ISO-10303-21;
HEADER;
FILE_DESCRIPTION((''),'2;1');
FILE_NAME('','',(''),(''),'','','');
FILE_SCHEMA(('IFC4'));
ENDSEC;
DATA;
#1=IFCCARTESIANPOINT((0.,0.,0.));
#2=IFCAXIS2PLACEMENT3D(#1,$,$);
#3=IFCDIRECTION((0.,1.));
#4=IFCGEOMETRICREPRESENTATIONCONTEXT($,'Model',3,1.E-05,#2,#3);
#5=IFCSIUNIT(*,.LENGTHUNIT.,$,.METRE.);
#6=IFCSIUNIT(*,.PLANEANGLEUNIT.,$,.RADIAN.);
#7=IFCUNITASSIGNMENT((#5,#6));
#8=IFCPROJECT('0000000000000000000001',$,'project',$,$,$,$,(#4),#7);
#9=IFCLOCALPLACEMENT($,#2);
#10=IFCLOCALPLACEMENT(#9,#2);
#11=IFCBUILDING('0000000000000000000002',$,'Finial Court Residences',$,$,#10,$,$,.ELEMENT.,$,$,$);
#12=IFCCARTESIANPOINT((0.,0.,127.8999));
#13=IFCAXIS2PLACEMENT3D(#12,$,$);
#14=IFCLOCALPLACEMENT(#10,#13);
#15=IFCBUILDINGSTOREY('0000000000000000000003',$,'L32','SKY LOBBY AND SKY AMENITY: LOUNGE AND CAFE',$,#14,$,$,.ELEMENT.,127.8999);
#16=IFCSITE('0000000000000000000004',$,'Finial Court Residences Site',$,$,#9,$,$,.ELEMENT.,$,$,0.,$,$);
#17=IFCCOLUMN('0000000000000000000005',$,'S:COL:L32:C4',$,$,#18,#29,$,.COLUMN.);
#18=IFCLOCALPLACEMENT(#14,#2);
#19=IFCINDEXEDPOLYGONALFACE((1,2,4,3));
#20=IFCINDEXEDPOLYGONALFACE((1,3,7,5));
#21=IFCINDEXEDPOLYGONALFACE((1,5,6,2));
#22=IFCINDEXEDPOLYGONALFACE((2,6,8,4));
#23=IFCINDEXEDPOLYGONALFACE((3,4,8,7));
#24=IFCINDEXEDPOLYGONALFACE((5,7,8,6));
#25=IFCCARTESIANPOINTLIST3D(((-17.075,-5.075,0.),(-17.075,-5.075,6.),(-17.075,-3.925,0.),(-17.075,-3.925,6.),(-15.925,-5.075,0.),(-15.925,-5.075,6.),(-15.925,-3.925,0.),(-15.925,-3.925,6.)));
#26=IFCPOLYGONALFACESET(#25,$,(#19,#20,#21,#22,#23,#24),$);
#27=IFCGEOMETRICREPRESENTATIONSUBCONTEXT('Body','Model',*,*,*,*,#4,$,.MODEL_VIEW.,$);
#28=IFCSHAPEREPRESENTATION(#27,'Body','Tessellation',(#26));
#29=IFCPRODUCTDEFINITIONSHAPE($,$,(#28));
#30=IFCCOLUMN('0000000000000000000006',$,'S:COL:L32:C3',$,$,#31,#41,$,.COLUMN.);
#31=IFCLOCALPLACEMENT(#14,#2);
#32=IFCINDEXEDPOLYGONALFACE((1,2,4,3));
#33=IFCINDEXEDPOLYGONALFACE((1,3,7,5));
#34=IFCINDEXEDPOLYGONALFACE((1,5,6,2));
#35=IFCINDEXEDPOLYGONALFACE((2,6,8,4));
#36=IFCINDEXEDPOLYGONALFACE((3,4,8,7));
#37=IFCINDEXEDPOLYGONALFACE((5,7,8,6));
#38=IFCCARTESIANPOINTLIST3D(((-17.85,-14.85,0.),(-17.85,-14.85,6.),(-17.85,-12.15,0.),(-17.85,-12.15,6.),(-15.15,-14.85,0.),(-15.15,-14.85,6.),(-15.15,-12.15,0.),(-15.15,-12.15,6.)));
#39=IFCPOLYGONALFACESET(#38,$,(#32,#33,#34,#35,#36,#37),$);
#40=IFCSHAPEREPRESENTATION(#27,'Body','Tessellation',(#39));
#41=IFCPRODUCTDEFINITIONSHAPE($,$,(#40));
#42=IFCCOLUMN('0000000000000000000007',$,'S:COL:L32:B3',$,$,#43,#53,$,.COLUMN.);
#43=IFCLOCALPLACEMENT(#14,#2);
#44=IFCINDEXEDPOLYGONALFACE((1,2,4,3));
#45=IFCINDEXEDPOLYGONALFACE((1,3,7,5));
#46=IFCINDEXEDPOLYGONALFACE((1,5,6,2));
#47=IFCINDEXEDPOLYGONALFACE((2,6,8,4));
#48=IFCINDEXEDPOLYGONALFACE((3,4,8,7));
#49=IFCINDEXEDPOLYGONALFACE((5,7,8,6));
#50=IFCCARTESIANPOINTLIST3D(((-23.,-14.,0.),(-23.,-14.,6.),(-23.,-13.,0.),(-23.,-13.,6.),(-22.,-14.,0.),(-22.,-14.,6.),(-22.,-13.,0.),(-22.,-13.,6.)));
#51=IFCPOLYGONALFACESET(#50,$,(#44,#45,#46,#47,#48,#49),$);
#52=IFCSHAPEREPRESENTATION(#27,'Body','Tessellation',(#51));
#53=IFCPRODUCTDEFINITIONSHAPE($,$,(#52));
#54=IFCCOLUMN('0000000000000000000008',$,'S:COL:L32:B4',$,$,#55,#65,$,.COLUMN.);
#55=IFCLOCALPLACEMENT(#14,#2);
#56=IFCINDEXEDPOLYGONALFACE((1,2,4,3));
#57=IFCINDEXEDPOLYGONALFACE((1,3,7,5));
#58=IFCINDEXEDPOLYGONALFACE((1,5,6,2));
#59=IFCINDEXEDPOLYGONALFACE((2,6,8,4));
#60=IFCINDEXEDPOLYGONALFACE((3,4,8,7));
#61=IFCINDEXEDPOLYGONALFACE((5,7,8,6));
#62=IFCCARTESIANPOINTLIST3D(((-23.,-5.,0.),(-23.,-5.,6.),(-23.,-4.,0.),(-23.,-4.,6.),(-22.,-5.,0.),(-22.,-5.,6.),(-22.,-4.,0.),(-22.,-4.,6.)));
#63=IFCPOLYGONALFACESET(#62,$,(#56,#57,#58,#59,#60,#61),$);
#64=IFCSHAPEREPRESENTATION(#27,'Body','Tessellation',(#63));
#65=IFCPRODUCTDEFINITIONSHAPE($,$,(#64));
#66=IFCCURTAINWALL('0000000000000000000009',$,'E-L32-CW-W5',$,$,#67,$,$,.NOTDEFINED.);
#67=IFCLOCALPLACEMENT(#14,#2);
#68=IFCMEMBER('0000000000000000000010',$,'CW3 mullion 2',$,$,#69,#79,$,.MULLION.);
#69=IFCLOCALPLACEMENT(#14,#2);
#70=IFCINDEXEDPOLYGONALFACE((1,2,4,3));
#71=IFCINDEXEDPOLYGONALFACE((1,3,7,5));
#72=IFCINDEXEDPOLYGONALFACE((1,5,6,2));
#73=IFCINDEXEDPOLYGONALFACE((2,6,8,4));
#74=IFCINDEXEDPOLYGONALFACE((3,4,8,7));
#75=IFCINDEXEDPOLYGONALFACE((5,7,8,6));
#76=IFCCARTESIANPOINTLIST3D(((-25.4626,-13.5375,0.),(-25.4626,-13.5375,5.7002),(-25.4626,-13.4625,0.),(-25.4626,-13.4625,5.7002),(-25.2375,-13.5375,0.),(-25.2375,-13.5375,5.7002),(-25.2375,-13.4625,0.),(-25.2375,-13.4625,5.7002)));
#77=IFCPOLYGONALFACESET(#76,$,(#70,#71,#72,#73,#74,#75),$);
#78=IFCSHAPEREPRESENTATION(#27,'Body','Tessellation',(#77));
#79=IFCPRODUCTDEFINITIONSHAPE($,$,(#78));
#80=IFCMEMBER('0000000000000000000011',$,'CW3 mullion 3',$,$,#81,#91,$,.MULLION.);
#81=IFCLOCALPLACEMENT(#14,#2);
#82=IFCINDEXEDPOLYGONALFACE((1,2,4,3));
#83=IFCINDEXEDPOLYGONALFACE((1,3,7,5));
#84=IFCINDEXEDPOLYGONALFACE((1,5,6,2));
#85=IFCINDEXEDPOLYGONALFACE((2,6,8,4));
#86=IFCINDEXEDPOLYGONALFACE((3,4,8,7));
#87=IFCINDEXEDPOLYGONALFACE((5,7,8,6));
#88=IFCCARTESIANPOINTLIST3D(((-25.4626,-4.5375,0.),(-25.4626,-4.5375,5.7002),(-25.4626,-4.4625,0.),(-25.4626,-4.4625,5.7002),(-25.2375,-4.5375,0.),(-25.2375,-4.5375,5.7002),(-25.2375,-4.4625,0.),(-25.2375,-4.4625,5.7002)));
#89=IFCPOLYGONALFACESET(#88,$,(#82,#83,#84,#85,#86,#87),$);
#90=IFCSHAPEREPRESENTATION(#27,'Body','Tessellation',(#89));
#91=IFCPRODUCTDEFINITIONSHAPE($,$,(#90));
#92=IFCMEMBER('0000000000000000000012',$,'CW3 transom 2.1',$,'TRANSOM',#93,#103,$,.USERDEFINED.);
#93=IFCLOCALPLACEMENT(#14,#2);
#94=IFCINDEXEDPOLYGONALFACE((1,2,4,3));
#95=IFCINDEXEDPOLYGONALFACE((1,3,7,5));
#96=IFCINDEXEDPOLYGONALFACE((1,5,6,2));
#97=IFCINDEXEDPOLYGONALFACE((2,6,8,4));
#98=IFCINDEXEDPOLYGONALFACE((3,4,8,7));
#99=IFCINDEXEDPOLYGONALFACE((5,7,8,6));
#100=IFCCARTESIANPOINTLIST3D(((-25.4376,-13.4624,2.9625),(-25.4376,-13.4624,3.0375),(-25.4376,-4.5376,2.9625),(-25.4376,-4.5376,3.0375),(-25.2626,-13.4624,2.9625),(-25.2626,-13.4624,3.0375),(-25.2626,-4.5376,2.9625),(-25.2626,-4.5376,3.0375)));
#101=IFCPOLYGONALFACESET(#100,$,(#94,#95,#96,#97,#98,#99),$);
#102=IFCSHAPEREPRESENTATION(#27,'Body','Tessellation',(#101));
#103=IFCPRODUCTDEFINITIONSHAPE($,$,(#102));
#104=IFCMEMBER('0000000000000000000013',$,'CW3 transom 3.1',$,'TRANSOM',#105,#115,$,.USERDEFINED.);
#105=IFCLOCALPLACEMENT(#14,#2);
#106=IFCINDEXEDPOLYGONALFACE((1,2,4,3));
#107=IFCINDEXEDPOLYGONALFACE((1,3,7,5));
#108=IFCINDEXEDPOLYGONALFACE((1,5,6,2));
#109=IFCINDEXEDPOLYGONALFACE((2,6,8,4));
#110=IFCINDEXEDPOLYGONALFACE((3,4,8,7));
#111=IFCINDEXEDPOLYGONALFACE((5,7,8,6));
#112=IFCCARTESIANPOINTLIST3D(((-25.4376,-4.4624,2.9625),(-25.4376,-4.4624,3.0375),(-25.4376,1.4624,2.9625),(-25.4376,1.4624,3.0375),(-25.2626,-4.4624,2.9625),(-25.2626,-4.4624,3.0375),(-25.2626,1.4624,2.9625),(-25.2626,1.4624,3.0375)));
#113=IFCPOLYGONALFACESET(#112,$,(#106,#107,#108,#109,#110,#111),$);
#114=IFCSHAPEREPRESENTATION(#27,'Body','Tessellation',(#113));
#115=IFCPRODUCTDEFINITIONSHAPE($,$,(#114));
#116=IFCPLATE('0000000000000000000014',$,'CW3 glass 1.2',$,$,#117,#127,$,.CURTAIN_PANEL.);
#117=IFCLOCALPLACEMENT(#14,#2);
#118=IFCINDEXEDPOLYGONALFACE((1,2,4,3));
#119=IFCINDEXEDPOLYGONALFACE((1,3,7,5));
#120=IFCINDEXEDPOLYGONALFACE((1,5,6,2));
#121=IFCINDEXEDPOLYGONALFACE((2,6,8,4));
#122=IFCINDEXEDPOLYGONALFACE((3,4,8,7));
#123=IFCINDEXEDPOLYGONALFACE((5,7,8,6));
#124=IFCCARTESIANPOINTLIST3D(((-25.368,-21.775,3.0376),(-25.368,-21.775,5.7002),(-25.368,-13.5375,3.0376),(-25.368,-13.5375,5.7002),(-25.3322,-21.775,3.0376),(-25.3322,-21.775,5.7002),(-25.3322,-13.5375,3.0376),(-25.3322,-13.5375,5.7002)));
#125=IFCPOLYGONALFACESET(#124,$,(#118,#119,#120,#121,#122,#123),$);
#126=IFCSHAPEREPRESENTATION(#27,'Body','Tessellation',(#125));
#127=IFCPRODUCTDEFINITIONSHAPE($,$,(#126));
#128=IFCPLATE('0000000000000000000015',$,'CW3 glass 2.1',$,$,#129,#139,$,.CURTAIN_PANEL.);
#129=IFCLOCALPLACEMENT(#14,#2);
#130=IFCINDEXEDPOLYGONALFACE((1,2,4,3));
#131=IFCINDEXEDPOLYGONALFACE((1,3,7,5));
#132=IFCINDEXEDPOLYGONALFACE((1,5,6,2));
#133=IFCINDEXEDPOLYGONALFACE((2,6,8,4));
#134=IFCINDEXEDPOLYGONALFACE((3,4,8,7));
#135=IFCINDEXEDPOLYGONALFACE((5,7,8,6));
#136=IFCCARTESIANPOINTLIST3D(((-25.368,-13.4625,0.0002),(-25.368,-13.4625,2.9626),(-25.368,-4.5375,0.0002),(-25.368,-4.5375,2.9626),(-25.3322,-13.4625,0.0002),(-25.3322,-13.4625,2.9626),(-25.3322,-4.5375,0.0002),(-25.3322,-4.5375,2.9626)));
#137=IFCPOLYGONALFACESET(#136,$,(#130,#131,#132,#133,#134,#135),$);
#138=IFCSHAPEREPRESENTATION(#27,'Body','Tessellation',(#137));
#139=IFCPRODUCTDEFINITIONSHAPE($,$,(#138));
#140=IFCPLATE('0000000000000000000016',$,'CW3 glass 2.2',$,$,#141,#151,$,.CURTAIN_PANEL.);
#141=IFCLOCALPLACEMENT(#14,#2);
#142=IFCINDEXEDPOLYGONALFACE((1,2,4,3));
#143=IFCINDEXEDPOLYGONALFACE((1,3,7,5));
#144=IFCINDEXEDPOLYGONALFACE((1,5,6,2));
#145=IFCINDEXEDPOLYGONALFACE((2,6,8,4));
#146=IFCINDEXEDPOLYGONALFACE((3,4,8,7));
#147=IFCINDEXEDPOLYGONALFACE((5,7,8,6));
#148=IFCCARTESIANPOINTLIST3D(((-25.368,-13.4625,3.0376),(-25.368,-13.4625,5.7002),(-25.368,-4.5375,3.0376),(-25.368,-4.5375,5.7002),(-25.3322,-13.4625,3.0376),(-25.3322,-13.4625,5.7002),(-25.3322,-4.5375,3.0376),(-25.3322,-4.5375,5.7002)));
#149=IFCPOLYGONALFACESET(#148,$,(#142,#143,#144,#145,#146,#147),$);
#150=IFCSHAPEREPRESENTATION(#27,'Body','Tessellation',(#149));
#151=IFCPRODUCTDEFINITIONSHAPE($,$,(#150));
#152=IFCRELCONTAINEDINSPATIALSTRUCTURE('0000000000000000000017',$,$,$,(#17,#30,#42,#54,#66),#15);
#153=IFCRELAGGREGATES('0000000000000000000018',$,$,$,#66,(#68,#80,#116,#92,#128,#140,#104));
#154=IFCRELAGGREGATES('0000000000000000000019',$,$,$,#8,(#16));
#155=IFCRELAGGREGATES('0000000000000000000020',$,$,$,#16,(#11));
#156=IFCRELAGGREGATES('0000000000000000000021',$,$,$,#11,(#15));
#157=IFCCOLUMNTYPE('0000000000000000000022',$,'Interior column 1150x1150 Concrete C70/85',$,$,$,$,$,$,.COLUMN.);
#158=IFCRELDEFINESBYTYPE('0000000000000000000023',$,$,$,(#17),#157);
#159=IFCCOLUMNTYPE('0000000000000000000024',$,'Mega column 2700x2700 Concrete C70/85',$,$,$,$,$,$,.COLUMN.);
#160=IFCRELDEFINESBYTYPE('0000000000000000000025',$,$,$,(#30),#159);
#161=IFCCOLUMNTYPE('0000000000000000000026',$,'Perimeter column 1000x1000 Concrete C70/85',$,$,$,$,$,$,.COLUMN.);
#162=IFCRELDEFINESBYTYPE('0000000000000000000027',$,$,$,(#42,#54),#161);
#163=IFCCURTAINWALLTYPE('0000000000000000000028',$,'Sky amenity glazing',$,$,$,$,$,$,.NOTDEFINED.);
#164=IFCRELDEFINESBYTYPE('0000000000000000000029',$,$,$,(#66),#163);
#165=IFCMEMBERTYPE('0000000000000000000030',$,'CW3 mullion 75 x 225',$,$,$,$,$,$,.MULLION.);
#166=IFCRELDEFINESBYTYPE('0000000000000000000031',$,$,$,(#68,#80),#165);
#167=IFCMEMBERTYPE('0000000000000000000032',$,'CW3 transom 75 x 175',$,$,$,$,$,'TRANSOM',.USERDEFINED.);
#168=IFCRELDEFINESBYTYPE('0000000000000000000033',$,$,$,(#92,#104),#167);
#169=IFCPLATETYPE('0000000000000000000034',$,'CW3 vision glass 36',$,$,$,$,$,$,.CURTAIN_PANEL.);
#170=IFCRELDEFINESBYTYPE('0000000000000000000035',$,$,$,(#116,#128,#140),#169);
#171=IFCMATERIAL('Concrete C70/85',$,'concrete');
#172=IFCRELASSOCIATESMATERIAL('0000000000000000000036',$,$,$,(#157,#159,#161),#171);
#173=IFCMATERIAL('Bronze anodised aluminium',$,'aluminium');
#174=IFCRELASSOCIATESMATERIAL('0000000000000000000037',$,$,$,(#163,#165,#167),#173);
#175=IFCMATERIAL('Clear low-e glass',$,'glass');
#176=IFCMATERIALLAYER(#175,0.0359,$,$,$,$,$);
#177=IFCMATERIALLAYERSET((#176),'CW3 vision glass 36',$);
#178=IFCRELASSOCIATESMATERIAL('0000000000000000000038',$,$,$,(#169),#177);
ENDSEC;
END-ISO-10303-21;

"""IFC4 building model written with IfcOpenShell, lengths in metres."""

from ifc_helpers import new_model, si_unit, direction, frame, origin, origin_2d, place, context, subcontext, project, spatial, rectangle, extrude, material, layer, layer_set, material_profile, profile_set, type_object, element, aggregate, save


model = new_model("IFC4")

# Units and contexts
model_context = context("Model", 3, precision=1e-05, world=origin(), true_north=direction((0.0, 1.0)))
body_context = subcontext(model_context, "Body", "Model", "MODEL_VIEW")
ifc_project = project(units=[si_unit("LENGTHUNIT", "METRE"), si_unit("PLANEANGLEUNIT", "RADIAN")], contexts=[model_context])

# Site, building, storey
site_placement = place(None, origin())
site = spatial("IfcSite", under=ifc_project, at=site_placement, Name="Finial Court Residences Site", CompositionType="ELEMENT", RefElevation=0.0)
building_placement = place(site_placement, origin())
building = spatial("IfcBuilding", under=site, at=building_placement, Name="Finial Court Residences", CompositionType="ELEMENT")
storey_placement = place(building_placement, frame((0.0, 0.0, 127.8999)))
storey = spatial("IfcBuildingStorey", under=building, at=storey_placement, Name="L32", Description="SKY LOBBY AND SKY AMENITY: LOUNGE AND CAFE", CompositionType="ELEMENT", Elevation=127.8999)

# Columns
ifc_material_1 = material(Name="Concrete C70/85", Category="concrete")
ifc_material_profile_1 = material_profile(ifc_material_1, rectangle(XDim=1.1499, YDim=1.1499, at=origin_2d()), Name="1150x1150")
ifc_profile_set_1 = profile_set([ifc_material_profile_1], Name="Concrete C70/85")
column_type_1 = type_object("IfcColumnType", Name="Interior column 1150x1150 Concrete C70/85", PredefinedType="COLUMN", material=ifc_profile_set_1)
column_1_placement = place(storey_placement, frame((-16.5, -4.5, 0.0), z_axis=(0.0, 0.0, 1.0), x_axis=(1.0, 0.0, 0.0)))
element("IfcColumn", 1, at=column_1_placement, inside=storey, type_object=column_type_1, Name="S:COL:L32:C4", PredefinedType="COLUMN", context=body_context, shape_type="SweptSolid", body=[
    extrude(rectangle(XDim=1.1499, YDim=1.1499, at=origin_2d()), origin(), (0.0, 0.0, 1.0), 6.0),
])
ifc_material_profile_2 = material_profile(ifc_material_1, rectangle(XDim=2.7, YDim=2.7, at=origin_2d()), Name="2700x2700")
ifc_profile_set_2 = profile_set([ifc_material_profile_2], Name="Concrete C70/85")
column_type_2 = type_object("IfcColumnType", Name="Mega column 2700x2700 Concrete C70/85", PredefinedType="COLUMN", material=ifc_profile_set_2)
column_2_placement = place(storey_placement, frame((-16.5, -13.5, 0.0), z_axis=(0.0, 0.0, 1.0), x_axis=(1.0, 0.0, 0.0)))
element("IfcColumn", 2, at=column_2_placement, inside=storey, type_object=column_type_2, Name="S:COL:L32:C3", PredefinedType="COLUMN", context=body_context, shape_type="SweptSolid", body=[
    extrude(rectangle(XDim=2.7, YDim=2.7, at=origin_2d()), origin(), (0.0, 0.0, 1.0), 6.0),
])
ifc_material_profile_3 = material_profile(ifc_material_1, rectangle(XDim=1.0, YDim=1.0, at=origin_2d()), Name="1000x1000")
ifc_profile_set_3 = profile_set([ifc_material_profile_3], Name="Concrete C70/85")
column_type_3 = type_object("IfcColumnType", Name="Perimeter column 1000x1000 Concrete C70/85", PredefinedType="COLUMN", material=ifc_profile_set_3)
for number, where, z_axis, x_axis, name in (
    (3, (-22.5, -13.5, 0.0), (0.0, 0.0, 1.0), (1.0, 0.0, 0.0), "S:COL:L32:B3"),
    (4, (-22.5, -4.5, 0.0), (0.0, 0.0, 1.0), (1.0, 0.0, 0.0), "S:COL:L32:B4"),
):
    element("IfcColumn", number, at=place(storey_placement, frame(where, z_axis=z_axis, x_axis=x_axis)), inside=storey, type_object=column_type_3, Name=name, PredefinedType="COLUMN", context=body_context, shape_type="SweptSolid", body=[
        extrude(rectangle(XDim=1.0, YDim=1.0, at=origin_2d()), origin(), (0.0, 0.0, 1.0), 6.0),
    ])

# Curtain wall, members, plates
ifc_material_2 = material(Name="Bronze anodised aluminium", Category="aluminium")
curtain_wall_type = type_object("IfcCurtainWallType", Name="Sky amenity glazing", PredefinedType="NOTDEFINED", material=ifc_material_2)
curtain_wall_placement = place(storey_placement, origin())
curtain_wall = element("IfcCurtainWall", 5, at=curtain_wall_placement, inside=storey, type_object=curtain_wall_type, Name="E-L32-CW-W5", PredefinedType="NOTDEFINED")
ifc_material_profile_4 = material_profile(ifc_material_2, rectangle(XDim=0.2251, YDim=0.075, at=origin_2d()), Name="CW3 mullion 75 x 225")
ifc_profile_set_4 = profile_set([ifc_material_profile_4], Name="Bronze anodised aluminium")
member_type_1 = type_object("IfcMemberType", Name="CW3 mullion 75 x 225", PredefinedType="MULLION", material=ifc_profile_set_4)
member_1_placement = place(storey_placement, frame((-25.3501, -13.5, 0.0), z_axis=(0.0, 0.0, 1.0), x_axis=(-1.0, 0.0, 0.0)))
member_1 = element("IfcMember", 6, at=member_1_placement, type_object=member_type_1, Name="CW3 mullion 2", PredefinedType="MULLION", context=body_context, shape_type="SweptSolid", body=[
    extrude(rectangle(XDim=0.2251, YDim=0.075, at=origin_2d()), origin(), (0.0, 0.0, 1.0), 5.7002),
])
member_2_placement = place(storey_placement, frame((-25.3501, -4.5, 0.0), z_axis=(0.0, 0.0, 1.0), x_axis=(-1.0, 0.0, 0.0)))
member_2 = element("IfcMember", 7, at=member_2_placement, type_object=member_type_1, Name="CW3 mullion 3", PredefinedType="MULLION", context=body_context, shape_type="SweptSolid", body=[
    extrude(rectangle(XDim=0.2251, YDim=0.075, at=origin_2d()), origin(), (0.0, 0.0, 1.0), 5.7002),
])
ifc_material_profile_5 = material_profile(ifc_material_2, rectangle(XDim=0.175, YDim=0.075, at=origin_2d()), Name="CW3 transom 75 x 175")
ifc_profile_set_5 = profile_set([ifc_material_profile_5], Name="Bronze anodised aluminium")
member_type_2 = type_object("IfcMemberType", Name="CW3 transom 75 x 175", ElementType="TRANSOM", PredefinedType="USERDEFINED", material=ifc_profile_set_5)
member_3_placement = place(storey_placement, frame((-25.3501, -13.4624, 3.0), z_axis=(0.0, 1.0, 0.0), x_axis=(-1.0, 0.0, 0.0)))
member_3 = element("IfcMember", 8, at=member_3_placement, type_object=member_type_2, Name="CW3 transom 2.1", ObjectType="TRANSOM", PredefinedType="USERDEFINED", context=body_context, shape_type="SweptSolid", body=[
    extrude(rectangle(XDim=0.175, YDim=0.075, at=origin_2d()), origin(), (0.0, 0.0, 1.0), 8.9248),
])
member_4_placement = place(storey_placement, frame((-25.3501, -4.4624, 3.0), z_axis=(0.0, 1.0, 0.0), x_axis=(-1.0, 0.0, 0.0)))
member_4 = element("IfcMember", 9, at=member_4_placement, type_object=member_type_2, Name="CW3 transom 3.1", ObjectType="TRANSOM", PredefinedType="USERDEFINED", context=body_context, shape_type="SweptSolid", body=[
    extrude(rectangle(XDim=0.175, YDim=0.075, at=origin_2d()), origin(), (0.0, 0.0, 1.0), 5.9248),
])
ifc_material_3 = material(Name="Clear low-e glass", Category="glass")
ifc_layer_1 = layer(ifc_material_3, 0.0359)
ifc_layer_set_1 = layer_set([ifc_layer_1], Name="CW3 vision glass 36")
plate_type = type_object("IfcPlateType", Name="CW3 vision glass 36", PredefinedType="CURTAIN_PANEL", material=ifc_layer_set_1)
plate_1_placement = place(storey_placement, frame((-25.3501, -17.6562, 3.0376), z_axis=(0.0, 0.0, 1.0), x_axis=(0.0, 1.0, 0.0)))
plate_1 = element("IfcPlate", 10, at=plate_1_placement, type_object=plate_type, Name="CW3 glass 1.2", PredefinedType="CURTAIN_PANEL", context=body_context, shape_type="SweptSolid", body=[
    extrude(rectangle(XDim=8.2375, YDim=0.0359, at=origin_2d()), origin(), (0.0, 0.0, 1.0), 2.6626),
])
plate_2_placement = place(storey_placement, frame((-25.3501, -9.0, 0.0002), z_axis=(0.0, 0.0, 1.0), x_axis=(0.0, 1.0, 0.0)))
plate_2 = element("IfcPlate", 11, at=plate_2_placement, type_object=plate_type, Name="CW3 glass 2.1", PredefinedType="CURTAIN_PANEL", context=body_context, shape_type="SweptSolid", body=[
    extrude(rectangle(XDim=8.925, YDim=0.0359, at=origin_2d()), origin(), (0.0, 0.0, 1.0), 2.9624),
])
plate_3_placement = place(storey_placement, frame((-25.3501, -9.0, 3.0376), z_axis=(0.0, 0.0, 1.0), x_axis=(0.0, 1.0, 0.0)))
plate_3 = element("IfcPlate", 12, at=plate_3_placement, type_object=plate_type, Name="CW3 glass 2.2", PredefinedType="CURTAIN_PANEL", context=body_context, shape_type="SweptSolid", body=[
    extrude(rectangle(XDim=8.925, YDim=0.0359, at=origin_2d()), origin(), (0.0, 0.0, 1.0), 2.6626),
])
aggregate(curtain_wall, [member_1, member_2, plate_1, member_3, plate_2, plate_3, member_4])

save(model, "model.ifc")
